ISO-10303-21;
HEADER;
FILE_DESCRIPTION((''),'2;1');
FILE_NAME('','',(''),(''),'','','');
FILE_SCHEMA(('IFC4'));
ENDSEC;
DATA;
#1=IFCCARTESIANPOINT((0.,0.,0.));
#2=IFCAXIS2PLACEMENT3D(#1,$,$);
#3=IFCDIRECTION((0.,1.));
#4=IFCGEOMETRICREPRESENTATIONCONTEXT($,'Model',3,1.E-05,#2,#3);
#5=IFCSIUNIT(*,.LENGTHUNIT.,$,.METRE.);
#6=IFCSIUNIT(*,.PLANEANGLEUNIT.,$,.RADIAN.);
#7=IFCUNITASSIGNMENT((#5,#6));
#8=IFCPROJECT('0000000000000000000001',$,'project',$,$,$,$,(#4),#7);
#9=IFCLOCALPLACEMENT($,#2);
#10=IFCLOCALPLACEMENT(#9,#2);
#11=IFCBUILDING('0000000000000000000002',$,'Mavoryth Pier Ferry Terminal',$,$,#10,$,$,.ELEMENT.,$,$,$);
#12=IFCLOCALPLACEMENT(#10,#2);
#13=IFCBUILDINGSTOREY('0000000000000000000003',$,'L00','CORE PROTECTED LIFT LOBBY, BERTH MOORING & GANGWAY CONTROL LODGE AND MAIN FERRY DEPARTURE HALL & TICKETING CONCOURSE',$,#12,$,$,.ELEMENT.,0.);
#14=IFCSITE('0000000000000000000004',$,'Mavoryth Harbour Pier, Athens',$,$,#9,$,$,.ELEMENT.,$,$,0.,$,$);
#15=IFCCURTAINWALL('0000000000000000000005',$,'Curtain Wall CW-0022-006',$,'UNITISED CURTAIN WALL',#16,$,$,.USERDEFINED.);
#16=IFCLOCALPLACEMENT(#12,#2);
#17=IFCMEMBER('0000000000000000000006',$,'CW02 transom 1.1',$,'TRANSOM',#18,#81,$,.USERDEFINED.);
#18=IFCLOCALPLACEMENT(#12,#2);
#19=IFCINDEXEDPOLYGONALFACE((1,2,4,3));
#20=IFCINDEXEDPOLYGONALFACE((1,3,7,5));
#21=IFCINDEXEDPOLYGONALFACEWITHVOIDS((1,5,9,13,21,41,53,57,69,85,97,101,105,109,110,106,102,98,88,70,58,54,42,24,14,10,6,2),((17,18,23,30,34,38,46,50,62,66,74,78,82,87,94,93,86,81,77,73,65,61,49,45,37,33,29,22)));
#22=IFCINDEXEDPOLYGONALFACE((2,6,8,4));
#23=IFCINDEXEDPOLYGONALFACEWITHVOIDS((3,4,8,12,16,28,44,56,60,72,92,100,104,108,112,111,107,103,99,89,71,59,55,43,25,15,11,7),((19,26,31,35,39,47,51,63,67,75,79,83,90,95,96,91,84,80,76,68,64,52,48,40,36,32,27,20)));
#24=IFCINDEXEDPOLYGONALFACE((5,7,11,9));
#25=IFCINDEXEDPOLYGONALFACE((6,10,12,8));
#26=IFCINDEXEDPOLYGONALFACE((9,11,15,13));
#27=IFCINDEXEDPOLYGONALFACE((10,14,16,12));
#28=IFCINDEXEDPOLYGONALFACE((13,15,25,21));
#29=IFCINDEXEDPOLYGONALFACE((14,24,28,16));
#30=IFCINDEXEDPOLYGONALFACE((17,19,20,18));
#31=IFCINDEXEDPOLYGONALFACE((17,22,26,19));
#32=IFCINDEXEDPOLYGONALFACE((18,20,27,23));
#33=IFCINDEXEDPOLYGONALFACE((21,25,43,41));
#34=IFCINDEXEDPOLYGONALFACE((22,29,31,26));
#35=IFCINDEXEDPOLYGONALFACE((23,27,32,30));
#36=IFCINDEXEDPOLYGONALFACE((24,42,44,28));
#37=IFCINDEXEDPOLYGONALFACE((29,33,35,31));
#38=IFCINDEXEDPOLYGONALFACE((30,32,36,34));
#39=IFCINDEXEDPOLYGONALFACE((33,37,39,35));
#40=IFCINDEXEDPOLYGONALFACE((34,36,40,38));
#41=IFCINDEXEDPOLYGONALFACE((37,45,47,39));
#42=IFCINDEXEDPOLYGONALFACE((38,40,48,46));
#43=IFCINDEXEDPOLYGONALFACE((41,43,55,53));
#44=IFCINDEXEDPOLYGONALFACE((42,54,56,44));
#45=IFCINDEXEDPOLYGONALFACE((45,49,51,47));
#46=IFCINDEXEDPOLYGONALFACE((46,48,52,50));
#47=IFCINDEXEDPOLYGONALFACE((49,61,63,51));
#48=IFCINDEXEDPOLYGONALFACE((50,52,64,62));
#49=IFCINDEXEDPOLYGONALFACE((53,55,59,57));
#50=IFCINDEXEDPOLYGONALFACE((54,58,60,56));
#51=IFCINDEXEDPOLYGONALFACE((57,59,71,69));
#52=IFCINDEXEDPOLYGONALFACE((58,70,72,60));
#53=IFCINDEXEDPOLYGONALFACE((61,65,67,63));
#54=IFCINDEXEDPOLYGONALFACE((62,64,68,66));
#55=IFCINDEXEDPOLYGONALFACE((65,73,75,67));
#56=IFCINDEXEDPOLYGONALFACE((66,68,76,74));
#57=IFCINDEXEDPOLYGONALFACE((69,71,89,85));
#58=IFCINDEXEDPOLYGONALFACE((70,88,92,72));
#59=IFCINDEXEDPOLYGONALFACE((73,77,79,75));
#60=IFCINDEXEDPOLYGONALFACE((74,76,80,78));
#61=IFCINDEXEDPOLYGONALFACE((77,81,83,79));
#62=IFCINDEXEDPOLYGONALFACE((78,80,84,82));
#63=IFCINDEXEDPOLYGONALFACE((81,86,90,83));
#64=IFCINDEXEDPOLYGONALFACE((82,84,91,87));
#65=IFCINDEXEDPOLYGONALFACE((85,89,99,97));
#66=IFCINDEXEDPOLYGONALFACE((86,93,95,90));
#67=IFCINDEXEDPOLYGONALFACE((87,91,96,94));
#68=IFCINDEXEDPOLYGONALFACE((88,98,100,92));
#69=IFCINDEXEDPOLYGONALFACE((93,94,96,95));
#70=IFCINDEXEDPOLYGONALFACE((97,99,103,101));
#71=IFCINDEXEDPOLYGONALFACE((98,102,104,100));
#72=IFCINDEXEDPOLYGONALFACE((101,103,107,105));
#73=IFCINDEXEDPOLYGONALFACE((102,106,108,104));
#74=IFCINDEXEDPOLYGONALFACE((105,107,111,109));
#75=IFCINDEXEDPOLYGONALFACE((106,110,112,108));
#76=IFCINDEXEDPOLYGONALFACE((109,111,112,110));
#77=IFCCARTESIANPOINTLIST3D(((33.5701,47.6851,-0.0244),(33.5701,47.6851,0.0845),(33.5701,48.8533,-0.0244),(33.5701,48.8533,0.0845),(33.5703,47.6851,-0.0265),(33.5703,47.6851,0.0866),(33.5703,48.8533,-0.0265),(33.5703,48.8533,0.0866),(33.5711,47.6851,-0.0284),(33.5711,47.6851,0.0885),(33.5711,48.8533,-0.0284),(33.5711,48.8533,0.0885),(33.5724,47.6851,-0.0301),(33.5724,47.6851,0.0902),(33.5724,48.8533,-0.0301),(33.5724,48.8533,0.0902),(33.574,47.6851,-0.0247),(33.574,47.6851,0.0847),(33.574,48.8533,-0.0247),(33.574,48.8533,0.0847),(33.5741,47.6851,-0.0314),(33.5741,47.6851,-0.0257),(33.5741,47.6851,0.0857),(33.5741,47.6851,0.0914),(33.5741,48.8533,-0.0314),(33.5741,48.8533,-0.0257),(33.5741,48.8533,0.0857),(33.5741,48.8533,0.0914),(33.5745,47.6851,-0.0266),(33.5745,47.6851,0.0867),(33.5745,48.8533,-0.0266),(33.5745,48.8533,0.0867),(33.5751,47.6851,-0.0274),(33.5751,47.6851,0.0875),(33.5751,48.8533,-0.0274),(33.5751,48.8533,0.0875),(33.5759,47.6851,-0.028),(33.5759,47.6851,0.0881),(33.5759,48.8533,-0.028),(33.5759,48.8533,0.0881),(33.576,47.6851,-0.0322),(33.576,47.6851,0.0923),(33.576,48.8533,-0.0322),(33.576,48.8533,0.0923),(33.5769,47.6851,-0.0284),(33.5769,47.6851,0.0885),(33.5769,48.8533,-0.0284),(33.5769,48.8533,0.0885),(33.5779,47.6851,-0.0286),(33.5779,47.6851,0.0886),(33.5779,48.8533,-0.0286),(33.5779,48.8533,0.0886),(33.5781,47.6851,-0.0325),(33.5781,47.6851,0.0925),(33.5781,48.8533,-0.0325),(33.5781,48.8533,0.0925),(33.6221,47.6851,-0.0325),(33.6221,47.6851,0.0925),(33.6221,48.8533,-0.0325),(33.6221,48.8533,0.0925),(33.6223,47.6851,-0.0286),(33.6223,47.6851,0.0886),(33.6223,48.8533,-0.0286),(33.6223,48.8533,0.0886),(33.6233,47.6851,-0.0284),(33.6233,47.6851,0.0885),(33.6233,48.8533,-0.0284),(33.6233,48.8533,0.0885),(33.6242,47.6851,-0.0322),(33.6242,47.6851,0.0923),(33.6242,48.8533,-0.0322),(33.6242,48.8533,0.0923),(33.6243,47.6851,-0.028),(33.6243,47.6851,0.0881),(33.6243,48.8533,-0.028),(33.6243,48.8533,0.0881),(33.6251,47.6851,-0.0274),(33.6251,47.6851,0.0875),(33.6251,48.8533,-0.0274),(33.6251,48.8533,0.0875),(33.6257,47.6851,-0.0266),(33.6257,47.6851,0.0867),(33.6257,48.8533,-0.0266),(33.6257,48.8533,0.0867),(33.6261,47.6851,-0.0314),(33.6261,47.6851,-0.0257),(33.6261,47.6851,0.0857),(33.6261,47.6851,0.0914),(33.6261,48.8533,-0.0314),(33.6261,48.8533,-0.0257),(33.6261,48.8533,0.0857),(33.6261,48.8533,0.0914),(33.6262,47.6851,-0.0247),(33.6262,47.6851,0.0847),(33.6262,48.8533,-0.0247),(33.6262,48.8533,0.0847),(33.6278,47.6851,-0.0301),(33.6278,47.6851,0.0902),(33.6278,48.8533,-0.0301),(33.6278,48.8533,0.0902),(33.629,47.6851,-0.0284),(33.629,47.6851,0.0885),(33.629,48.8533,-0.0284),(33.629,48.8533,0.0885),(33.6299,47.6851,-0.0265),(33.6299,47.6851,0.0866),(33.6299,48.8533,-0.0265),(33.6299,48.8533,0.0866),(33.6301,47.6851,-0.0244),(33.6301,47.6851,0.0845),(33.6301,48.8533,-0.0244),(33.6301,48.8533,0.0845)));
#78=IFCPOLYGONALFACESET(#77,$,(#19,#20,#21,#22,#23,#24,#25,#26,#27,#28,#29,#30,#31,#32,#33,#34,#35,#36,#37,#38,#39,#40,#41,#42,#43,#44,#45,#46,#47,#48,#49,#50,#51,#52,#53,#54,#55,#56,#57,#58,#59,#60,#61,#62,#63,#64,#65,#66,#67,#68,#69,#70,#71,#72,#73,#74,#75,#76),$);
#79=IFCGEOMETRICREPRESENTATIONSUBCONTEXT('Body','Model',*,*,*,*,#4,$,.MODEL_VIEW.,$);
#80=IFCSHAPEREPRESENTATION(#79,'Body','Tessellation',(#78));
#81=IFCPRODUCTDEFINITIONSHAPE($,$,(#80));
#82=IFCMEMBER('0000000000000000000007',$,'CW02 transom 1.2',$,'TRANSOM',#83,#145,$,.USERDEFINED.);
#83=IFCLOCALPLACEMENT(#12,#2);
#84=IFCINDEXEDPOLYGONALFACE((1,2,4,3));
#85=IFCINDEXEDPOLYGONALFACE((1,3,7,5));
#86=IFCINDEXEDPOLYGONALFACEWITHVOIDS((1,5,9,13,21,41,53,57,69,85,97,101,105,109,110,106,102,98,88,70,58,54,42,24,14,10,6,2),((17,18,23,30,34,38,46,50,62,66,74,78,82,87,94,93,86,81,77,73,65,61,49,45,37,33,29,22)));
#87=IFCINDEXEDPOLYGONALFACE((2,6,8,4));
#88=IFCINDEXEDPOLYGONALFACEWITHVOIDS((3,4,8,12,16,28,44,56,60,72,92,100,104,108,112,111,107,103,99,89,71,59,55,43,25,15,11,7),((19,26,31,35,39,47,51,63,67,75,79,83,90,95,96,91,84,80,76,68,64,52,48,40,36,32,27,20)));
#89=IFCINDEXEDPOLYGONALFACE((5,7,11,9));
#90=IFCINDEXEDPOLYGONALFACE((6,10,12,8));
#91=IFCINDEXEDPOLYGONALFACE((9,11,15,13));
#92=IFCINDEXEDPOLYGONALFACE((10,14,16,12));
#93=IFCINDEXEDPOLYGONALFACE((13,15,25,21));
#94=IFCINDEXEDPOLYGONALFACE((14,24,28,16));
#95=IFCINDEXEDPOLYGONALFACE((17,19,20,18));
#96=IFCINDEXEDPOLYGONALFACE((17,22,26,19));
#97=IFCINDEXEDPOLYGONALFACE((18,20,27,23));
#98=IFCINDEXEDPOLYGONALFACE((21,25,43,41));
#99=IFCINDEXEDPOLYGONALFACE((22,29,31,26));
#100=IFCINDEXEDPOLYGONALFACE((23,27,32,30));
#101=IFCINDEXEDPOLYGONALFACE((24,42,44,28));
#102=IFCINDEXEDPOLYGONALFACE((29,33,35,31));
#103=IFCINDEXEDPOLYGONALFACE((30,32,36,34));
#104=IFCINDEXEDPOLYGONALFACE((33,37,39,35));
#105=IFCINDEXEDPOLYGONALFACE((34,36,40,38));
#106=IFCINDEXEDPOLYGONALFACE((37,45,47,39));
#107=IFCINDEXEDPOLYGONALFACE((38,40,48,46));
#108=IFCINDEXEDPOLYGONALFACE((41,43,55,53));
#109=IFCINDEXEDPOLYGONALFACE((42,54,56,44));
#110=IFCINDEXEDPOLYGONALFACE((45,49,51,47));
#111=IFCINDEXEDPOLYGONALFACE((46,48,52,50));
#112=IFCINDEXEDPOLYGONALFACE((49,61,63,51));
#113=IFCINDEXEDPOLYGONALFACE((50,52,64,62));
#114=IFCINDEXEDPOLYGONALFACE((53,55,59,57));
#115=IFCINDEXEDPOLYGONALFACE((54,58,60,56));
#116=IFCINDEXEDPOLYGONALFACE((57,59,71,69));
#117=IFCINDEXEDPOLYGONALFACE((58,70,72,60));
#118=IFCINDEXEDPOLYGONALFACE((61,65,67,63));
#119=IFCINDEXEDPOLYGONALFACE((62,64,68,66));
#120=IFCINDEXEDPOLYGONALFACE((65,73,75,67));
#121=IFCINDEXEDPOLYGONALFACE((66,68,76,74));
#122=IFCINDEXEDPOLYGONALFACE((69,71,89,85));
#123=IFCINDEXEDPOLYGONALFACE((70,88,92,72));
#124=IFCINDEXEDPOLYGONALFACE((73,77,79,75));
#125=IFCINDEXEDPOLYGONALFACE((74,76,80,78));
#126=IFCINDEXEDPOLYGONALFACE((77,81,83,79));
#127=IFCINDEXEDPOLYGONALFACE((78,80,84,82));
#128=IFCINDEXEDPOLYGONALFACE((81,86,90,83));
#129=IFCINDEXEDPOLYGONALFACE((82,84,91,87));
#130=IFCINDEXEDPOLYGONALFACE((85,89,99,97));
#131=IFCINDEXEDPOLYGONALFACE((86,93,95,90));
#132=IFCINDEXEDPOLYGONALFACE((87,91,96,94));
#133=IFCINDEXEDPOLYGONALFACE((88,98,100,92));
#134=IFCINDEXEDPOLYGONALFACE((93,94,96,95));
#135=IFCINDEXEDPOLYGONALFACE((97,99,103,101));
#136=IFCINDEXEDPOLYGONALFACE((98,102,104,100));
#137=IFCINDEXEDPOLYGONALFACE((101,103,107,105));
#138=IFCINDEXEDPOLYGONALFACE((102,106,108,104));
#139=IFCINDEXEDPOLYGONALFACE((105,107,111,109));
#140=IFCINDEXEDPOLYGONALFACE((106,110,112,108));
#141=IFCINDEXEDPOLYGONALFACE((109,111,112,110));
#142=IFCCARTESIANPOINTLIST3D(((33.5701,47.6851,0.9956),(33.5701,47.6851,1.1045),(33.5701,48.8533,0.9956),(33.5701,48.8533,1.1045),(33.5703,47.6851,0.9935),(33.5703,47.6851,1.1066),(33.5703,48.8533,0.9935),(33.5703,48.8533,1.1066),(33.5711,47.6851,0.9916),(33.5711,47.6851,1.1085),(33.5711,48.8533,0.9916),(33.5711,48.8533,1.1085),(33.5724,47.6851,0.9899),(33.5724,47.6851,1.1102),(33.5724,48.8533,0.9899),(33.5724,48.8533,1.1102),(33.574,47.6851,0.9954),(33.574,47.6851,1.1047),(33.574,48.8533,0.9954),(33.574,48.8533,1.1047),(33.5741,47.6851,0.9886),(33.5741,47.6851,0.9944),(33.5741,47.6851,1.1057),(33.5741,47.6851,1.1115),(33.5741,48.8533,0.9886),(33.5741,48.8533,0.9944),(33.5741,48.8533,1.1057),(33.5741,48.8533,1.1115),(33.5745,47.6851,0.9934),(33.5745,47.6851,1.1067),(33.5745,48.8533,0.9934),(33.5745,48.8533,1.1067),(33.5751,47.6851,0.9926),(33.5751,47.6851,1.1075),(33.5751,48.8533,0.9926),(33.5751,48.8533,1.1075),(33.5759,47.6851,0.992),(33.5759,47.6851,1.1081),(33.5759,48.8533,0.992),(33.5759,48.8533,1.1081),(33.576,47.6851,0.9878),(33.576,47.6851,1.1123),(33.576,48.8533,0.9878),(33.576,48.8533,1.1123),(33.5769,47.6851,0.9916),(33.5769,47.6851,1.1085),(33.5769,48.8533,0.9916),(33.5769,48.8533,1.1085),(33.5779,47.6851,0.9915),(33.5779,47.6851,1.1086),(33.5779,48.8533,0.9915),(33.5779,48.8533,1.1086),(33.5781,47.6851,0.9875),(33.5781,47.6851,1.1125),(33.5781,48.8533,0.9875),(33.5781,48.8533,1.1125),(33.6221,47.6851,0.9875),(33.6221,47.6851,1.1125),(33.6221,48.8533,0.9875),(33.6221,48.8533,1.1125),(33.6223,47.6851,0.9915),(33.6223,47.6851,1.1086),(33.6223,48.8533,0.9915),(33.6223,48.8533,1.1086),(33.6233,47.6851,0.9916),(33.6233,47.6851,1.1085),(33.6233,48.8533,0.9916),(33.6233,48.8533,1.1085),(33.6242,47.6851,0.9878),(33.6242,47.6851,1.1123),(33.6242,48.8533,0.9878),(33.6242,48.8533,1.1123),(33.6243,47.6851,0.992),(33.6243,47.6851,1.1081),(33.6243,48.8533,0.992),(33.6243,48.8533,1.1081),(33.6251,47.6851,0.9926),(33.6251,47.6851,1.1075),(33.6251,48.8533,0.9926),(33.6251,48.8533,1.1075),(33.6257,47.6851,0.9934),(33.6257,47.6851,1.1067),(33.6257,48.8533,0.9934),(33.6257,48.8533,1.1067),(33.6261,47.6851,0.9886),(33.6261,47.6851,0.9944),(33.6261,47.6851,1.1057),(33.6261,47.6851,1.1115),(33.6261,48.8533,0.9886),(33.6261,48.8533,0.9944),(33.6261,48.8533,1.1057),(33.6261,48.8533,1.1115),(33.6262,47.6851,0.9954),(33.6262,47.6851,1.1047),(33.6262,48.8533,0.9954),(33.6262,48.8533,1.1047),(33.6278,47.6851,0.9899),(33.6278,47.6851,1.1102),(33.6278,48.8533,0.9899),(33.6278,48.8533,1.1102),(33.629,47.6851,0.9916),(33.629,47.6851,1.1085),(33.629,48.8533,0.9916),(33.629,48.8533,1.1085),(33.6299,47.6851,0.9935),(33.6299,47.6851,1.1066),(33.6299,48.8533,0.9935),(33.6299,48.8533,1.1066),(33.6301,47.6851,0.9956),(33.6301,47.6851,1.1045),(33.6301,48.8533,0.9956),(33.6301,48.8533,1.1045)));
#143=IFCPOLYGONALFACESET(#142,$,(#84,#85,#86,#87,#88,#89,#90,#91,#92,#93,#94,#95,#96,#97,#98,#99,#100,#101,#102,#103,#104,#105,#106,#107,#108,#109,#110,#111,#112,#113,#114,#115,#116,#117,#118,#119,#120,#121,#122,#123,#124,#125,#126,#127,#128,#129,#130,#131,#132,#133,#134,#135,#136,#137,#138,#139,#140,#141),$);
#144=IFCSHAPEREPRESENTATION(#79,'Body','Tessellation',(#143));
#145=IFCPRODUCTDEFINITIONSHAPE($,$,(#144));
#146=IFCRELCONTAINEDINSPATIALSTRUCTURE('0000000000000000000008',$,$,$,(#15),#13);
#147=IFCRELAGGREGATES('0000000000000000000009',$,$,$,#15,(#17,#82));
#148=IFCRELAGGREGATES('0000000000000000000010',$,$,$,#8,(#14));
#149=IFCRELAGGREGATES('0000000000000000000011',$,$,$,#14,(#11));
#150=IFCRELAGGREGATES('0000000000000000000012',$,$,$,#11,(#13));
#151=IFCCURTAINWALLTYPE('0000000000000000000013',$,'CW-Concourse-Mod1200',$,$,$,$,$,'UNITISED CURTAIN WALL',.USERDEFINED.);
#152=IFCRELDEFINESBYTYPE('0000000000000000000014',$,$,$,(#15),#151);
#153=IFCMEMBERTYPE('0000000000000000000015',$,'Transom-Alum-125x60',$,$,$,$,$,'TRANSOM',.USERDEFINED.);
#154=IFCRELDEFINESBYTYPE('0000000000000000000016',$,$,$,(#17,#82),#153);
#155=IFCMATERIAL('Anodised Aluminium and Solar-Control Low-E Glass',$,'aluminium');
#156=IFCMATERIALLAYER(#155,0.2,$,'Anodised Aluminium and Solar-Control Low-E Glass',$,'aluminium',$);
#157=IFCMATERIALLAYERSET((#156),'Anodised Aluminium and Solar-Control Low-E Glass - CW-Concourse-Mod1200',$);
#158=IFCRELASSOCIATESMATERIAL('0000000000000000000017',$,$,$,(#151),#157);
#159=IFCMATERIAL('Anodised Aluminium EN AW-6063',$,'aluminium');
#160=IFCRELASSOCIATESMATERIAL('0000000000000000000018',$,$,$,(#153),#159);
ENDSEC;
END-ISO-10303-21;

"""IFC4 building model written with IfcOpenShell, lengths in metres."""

from ifc_helpers import new_model, si_unit, direction, frame, origin, origin_2d, place, context, subcontext, project, spatial, hollow_rectangle, extrude, material, layer, layer_set, material_profile, profile_set, type_object, element, aggregate, save


model = new_model("IFC4")

# Units and contexts
model_context = context("Model", 3, precision=1e-05, world=origin(), true_north=direction((0.0, 1.0)))
body_context = subcontext(model_context, "Body", "Model", "MODEL_VIEW")
ifc_project = project(units=[si_unit("LENGTHUNIT", "METRE"), si_unit("PLANEANGLEUNIT", "RADIAN")], contexts=[model_context])

# Site, building, storey
site_placement = place(None, origin())
site = spatial("IfcSite", under=ifc_project, at=site_placement, Name="Mavoryth Harbour Pier, Athens", CompositionType="ELEMENT", RefElevation=0.0)
building_placement = place(site_placement, origin())
building = spatial("IfcBuilding", under=site, at=building_placement, Name="Mavoryth Pier Ferry Terminal", CompositionType="ELEMENT")
storey_placement = place(building_placement, origin())
storey = spatial("IfcBuildingStorey", under=building, at=storey_placement, Name="L00", Description="CORE PROTECTED LIFT LOBBY, BERTH MOORING & GANGWAY CONTROL LODGE AND MAIN FERRY DEPARTURE HALL & TICKETING CONCOURSE", CompositionType="ELEMENT", Elevation=0.0)

# Curtain wall
ifc_material_1 = material(Name="Anodised Aluminium and Solar-Control Low-E Glass", Category="aluminium")
ifc_layer_1 = layer(ifc_material_1, 0.2, Name="Anodised Aluminium and Solar-Control Low-E Glass", Category="aluminium")
ifc_layer_set_1 = layer_set([ifc_layer_1], Name="Anodised Aluminium and Solar-Control Low-E Glass - CW-Concourse-Mod1200")
curtain_wall_type = type_object("IfcCurtainWallType", Name="CW-Concourse-Mod1200", ElementType="UNITISED CURTAIN WALL", PredefinedType="USERDEFINED", material=ifc_layer_set_1)
ifc_material_2 = material(Name="Anodised Aluminium EN AW-6063", Category="aluminium")
curtain_wall_1_placement = place(storey_placement, origin())
curtain_wall_1 = element("IfcCurtainWall", 1, at=curtain_wall_1_placement, inside=storey, type_object=curtain_wall_type, Name="Curtain Wall CW-0022-006", ObjectType="UNITISED CURTAIN WALL", PredefinedType="USERDEFINED")

# Members
ifc_material_profile_1 = material_profile(ifc_material_2, hollow_rectangle(XDim=0.0601, YDim=0.125, WallThickness=0.0039, InnerFilletRadius=0.0039, OuterFilletRadius=0.0081, at=origin_2d()), Name="AL-TRAN 125x60x4", Category="aluminium")
ifc_profile_set_1 = profile_set([ifc_material_profile_1], Name="Anodised Aluminium EN AW-6063 - AL-TRAN 125x60x4")
member_type_1 = type_object("IfcMemberType", Name="Transom-Alum-125x60", ElementType="TRANSOM", PredefinedType="USERDEFINED", material=ifc_profile_set_1)
member_1_placement = place(storey_placement, frame((33.6001, 47.6851, 0.03), z_axis=(0.0, 1.0, 0.0), x_axis=(-1.0, 0.0, 0.0)))
member_1 = element("IfcMember", 2, at=member_1_placement, type_object=member_type_1, Name="CW02 transom 1.1", ObjectType="TRANSOM", PredefinedType="USERDEFINED", context=body_context, shape_type="SweptSolid", body=[
    extrude(hollow_rectangle(XDim=0.0601, YDim=0.125, WallThickness=0.0039, InnerFilletRadius=0.0039, OuterFilletRadius=0.0081, at=origin_2d()), origin(), (0.0, 0.0, 1.0), 1.1682),
])
member_2_placement = place(storey_placement, frame((33.6001, 47.6851, 1.05), z_axis=(0.0, 1.0, 0.0), x_axis=(-1.0, 0.0, 0.0)))
member_2 = element("IfcMember", 3, at=member_2_placement, type_object=member_type_1, Name="CW02 transom 1.2", ObjectType="TRANSOM", PredefinedType="USERDEFINED", context=body_context, shape_type="SweptSolid", body=[
    extrude(hollow_rectangle(XDim=0.0601, YDim=0.125, WallThickness=0.0039, InnerFilletRadius=0.0039, OuterFilletRadius=0.0081, at=origin_2d()), origin(), (0.0, 0.0, 1.0), 1.1682),
])

aggregate(curtain_wall_1, [member_1, member_2])

save(model, "model.ifc")
